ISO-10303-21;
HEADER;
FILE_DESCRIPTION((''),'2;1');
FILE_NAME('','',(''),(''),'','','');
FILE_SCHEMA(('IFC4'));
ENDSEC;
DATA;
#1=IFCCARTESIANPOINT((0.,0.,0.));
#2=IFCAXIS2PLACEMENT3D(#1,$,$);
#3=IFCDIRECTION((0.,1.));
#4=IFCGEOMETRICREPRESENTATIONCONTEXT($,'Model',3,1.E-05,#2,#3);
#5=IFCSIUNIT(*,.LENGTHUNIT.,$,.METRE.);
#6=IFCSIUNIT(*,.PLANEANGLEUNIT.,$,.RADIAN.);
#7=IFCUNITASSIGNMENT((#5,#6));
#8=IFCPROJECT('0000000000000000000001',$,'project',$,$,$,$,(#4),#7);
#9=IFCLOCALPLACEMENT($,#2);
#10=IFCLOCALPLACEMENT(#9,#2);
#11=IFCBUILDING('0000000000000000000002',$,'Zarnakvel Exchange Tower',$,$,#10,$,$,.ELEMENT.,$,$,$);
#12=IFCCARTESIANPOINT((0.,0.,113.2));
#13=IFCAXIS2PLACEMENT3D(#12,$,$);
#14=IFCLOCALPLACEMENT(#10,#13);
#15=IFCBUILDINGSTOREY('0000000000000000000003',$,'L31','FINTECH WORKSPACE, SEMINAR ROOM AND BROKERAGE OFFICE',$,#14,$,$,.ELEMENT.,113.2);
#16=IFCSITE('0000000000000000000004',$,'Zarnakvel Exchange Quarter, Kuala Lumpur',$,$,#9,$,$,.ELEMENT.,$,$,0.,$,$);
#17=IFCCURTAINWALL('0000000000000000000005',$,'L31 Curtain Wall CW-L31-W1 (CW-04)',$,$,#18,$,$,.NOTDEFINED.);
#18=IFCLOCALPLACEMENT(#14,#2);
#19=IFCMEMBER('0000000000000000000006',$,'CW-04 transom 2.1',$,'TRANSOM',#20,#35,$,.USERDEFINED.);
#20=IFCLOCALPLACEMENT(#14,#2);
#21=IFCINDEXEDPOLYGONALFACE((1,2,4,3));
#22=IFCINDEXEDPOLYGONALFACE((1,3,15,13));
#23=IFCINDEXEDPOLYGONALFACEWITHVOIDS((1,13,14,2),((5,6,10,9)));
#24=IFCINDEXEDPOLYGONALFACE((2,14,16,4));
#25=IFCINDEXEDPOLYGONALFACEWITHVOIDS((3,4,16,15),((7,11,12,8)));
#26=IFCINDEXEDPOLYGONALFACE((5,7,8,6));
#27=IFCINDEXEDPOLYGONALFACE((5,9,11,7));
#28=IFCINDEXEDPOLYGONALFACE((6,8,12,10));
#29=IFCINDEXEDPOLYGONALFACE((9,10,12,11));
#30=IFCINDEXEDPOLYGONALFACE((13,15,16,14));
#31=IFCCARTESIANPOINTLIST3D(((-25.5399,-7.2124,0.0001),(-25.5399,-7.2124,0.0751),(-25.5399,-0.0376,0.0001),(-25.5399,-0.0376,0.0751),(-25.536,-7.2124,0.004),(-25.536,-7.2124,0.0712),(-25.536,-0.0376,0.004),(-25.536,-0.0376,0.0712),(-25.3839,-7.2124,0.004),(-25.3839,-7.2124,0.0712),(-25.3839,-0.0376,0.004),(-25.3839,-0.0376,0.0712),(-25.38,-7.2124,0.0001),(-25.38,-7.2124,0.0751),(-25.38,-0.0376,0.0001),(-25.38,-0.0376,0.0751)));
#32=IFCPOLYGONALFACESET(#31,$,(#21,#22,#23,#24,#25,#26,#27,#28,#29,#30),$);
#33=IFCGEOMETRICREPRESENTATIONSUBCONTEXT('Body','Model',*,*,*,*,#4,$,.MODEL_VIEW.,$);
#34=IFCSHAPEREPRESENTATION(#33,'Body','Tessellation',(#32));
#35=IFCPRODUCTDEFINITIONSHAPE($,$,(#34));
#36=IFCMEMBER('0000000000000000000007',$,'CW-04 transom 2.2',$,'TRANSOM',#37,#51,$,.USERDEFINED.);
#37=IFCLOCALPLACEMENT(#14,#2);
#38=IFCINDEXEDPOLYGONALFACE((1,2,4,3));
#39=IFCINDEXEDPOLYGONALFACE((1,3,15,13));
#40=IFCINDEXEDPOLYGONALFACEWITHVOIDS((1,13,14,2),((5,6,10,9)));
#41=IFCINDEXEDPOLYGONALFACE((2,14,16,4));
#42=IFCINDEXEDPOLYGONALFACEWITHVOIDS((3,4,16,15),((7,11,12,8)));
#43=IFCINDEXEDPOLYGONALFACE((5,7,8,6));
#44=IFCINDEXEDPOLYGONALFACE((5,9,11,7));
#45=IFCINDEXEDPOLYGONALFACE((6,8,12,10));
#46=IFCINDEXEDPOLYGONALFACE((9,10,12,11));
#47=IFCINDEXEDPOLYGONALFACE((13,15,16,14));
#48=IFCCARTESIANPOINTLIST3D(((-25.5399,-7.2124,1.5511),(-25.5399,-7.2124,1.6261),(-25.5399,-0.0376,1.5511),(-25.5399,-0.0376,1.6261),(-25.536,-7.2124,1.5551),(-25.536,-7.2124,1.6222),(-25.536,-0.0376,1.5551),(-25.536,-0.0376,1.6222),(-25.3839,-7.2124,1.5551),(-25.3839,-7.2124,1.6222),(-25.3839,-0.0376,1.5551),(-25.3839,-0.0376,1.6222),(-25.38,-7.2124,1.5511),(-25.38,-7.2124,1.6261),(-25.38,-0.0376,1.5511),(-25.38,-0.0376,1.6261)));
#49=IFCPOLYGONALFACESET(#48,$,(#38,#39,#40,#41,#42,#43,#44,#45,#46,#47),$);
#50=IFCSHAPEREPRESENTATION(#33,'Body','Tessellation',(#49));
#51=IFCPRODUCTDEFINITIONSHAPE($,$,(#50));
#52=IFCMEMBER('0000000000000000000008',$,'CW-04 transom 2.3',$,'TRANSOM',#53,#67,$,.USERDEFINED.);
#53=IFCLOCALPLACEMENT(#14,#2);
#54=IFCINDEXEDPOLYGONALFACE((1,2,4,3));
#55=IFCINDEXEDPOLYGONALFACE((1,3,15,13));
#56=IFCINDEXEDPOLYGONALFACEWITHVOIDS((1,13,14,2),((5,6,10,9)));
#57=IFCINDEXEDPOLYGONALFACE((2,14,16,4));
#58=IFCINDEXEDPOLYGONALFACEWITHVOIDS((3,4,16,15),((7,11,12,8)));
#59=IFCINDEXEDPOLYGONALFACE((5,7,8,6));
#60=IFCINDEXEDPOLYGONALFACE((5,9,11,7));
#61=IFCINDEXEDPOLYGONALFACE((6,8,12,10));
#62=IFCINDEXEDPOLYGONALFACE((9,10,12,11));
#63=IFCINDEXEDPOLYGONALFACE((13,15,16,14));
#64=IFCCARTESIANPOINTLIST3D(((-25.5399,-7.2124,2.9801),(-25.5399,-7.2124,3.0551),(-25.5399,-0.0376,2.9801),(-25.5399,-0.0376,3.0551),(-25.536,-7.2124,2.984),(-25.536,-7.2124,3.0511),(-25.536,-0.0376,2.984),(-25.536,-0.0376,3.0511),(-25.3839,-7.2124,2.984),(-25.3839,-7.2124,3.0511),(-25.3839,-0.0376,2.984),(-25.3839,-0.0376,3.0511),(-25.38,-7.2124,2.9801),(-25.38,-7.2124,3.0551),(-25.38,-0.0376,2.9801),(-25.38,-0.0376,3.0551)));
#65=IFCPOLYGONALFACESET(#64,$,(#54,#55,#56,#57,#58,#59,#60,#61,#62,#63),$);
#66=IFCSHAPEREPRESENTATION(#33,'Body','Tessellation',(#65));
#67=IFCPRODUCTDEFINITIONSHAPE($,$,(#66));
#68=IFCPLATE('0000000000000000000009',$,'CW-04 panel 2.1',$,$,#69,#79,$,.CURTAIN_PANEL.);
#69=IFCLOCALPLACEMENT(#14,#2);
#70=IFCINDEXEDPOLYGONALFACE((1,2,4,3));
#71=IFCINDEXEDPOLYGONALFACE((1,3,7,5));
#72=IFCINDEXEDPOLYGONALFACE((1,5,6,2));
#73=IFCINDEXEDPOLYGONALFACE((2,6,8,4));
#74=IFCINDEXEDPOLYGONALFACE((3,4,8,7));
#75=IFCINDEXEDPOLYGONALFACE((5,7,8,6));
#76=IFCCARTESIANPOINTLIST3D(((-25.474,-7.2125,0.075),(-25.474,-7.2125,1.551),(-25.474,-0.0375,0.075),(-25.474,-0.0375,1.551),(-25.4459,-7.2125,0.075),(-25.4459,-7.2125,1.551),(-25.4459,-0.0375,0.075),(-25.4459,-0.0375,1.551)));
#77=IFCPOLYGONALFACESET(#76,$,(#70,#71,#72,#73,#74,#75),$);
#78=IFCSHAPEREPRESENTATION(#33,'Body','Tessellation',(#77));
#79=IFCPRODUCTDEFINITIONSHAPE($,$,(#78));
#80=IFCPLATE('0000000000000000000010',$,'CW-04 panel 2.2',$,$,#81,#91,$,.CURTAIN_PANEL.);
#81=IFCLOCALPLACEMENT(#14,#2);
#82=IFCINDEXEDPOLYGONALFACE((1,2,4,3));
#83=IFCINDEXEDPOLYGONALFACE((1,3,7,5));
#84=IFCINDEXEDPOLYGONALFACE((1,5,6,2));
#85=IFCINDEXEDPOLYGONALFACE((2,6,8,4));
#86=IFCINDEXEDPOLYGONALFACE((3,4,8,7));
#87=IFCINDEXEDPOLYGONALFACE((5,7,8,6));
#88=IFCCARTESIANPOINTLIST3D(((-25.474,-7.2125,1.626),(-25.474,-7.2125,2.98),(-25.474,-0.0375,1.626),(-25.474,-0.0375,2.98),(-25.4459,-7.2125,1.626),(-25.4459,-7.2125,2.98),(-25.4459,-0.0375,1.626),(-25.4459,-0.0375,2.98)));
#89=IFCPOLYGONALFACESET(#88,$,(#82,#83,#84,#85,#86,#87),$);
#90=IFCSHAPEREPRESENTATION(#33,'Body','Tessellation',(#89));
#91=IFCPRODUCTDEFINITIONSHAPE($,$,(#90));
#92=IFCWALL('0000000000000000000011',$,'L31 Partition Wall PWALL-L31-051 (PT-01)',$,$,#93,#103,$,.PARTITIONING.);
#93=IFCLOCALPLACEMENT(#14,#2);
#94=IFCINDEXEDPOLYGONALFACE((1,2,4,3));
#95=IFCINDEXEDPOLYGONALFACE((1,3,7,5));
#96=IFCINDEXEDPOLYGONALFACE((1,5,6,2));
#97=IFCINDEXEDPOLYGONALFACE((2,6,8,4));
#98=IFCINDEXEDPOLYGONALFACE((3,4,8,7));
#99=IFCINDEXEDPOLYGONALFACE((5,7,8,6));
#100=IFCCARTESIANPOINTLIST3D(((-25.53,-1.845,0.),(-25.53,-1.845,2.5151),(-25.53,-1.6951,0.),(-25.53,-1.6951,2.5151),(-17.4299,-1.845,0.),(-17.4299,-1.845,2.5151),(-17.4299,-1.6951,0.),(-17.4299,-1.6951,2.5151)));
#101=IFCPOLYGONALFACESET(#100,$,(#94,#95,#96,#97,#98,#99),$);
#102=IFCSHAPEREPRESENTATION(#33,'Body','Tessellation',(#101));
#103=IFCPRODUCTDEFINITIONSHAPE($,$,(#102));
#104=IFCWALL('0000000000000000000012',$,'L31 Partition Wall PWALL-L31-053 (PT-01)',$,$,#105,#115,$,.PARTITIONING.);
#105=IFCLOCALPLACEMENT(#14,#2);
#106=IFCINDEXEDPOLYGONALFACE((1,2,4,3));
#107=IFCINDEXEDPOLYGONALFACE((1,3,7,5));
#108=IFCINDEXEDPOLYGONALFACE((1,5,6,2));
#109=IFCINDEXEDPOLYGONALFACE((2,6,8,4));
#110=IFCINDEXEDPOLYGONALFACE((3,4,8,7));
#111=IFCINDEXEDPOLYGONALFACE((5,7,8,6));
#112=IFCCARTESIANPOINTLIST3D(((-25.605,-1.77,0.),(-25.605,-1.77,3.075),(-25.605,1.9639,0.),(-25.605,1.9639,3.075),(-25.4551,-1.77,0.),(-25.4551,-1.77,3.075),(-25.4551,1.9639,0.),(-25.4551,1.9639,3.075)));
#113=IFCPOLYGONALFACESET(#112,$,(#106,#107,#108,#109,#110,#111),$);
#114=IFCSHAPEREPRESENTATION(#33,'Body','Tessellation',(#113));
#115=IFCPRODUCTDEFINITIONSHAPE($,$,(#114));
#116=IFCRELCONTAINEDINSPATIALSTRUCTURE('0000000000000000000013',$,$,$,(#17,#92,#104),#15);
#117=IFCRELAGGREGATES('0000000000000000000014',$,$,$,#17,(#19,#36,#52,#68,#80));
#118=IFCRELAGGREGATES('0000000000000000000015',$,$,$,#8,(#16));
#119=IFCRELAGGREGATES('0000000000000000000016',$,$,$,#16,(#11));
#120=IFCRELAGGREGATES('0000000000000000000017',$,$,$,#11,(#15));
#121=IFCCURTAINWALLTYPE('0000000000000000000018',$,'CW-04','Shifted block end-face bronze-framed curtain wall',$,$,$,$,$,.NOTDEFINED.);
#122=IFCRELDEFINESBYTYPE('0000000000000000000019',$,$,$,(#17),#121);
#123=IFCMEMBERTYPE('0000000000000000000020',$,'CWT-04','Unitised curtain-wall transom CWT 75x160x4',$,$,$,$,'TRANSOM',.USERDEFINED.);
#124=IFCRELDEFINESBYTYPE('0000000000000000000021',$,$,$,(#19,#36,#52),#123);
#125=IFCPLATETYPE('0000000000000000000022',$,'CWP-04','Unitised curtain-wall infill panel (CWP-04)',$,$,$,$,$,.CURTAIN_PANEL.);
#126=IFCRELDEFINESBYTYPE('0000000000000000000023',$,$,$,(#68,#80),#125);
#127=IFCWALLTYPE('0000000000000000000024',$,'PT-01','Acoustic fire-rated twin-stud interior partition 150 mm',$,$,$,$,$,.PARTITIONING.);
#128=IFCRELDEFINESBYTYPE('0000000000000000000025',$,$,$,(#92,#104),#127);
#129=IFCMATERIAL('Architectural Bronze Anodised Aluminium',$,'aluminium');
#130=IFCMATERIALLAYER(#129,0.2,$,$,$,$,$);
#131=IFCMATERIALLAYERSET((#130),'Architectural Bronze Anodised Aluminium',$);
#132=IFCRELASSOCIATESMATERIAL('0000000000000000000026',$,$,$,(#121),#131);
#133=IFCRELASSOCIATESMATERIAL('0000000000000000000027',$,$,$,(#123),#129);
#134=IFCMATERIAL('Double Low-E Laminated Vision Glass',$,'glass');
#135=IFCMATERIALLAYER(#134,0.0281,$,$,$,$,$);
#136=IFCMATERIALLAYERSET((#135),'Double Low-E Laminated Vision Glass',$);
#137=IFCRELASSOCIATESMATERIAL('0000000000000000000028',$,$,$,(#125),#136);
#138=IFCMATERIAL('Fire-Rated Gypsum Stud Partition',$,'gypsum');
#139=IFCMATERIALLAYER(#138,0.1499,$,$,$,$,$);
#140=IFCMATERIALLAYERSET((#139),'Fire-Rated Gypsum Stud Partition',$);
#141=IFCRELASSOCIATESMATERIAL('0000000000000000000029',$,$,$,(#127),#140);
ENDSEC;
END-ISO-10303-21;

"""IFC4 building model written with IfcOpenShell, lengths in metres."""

from ifc_helpers import new_model, si_unit, direction, frame, frame_2d, origin, origin_2d, place, context, subcontext, project, spatial, rectangle, hollow_rectangle, extrude, source, transform, mapped, material, layer, layer_set, material_profile, profile_set, type_object, element, aggregate, save


model = new_model("IFC4")

# Units and contexts
model_context = context("Model", 3, precision=1e-05, world=origin(), true_north=direction((0.0, 1.0)))
body_context = subcontext(model_context, "Body", "Model", "MODEL_VIEW")
ifc_project = project(units=[si_unit("LENGTHUNIT", "METRE"), si_unit("PLANEANGLEUNIT", "RADIAN")], contexts=[model_context])

# Site, building, storey
site_placement = place(None, origin())
site = spatial("IfcSite", under=ifc_project, at=site_placement, Name="Zarnakvel Exchange Quarter, Kuala Lumpur", CompositionType="ELEMENT", RefElevation=0.0)
building_placement = place(site_placement, origin())
building = spatial("IfcBuilding", under=site, at=building_placement, Name="Zarnakvel Exchange Tower", CompositionType="ELEMENT")
storey_placement = place(building_placement, frame((0.0, 0.0, 113.2)))
storey = spatial("IfcBuildingStorey", under=building, at=storey_placement, Name="L31", Description="FINTECH WORKSPACE, SEMINAR ROOM AND BROKERAGE OFFICE", CompositionType="ELEMENT", Elevation=113.2)

# Curtain wall, members, plates
ifc_material_1 = material(Name="Architectural Bronze Anodised Aluminium", Category="aluminium")
ifc_layer_1 = layer(ifc_material_1, 0.2)
ifc_layer_set_1 = layer_set([ifc_layer_1], Name="Architectural Bronze Anodised Aluminium")
curtain_wall_type = type_object("IfcCurtainWallType", Name="CW-04", Description="Shifted block end-face bronze-framed curtain wall", PredefinedType="NOTDEFINED", material=ifc_layer_set_1)
curtain_wall_placement = place(storey_placement, origin())
curtain_wall = element("IfcCurtainWall", 1, at=curtain_wall_placement, inside=storey, type_object=curtain_wall_type, Name="L31 Curtain Wall CW-L31-W1 (CW-04)", PredefinedType="NOTDEFINED")
ifc_material_profile_1 = material_profile(ifc_material_1, hollow_rectangle(XDim=0.1599, YDim=0.075, WallThickness=0.0039, at=origin_2d()))
ifc_profile_set_1 = profile_set([ifc_material_profile_1], Name="Architectural Bronze Anodised Aluminium")
member_type_1 = type_object("IfcMemberType", Name="CWT-04", Description="Unitised curtain-wall transom CWT 75x160x4", ElementType="TRANSOM", PredefinedType="USERDEFINED", material=ifc_profile_set_1)
shared_shape_1 = source(origin(), body_context, "Body", "SweptSolid", [
    extrude(hollow_rectangle(XDim=0.1599, YDim=0.075, WallThickness=0.0039, at=origin_2d()), origin(), (0.0, 0.0, 1.0), 7.1748),
])
member_1_placement = place(storey_placement, frame((-25.46, -7.2124, 0.0376), z_axis=(0.0, 1.0, 0.0), x_axis=(-1.0, 0.0, 0.0)))
member_1 = element("IfcMember", 2, at=member_1_placement, type_object=member_type_1, Name="CW-04 transom 2.1", ObjectType="TRANSOM", PredefinedType="USERDEFINED", context=body_context, shape_type="MappedRepresentation", body=[
    mapped(shared_shape_1, transform((0.0, 0.0, 0.0), x_axis=(1.0, 0.0, 0.0), y_axis=(0.0, 1.0, 0.0), z_axis=(0.0, 0.0, 1.0), scale=1.0)),
])
member_2_placement = place(storey_placement, frame((-25.46, -7.2124, 1.5886), z_axis=(0.0, 1.0, 0.0), x_axis=(-1.0, 0.0, 0.0)))
member_2 = element("IfcMember", 3, at=member_2_placement, type_object=member_type_1, Name="CW-04 transom 2.2", ObjectType="TRANSOM", PredefinedType="USERDEFINED", context=body_context, shape_type="MappedRepresentation", body=[
    mapped(shared_shape_1, transform((0.0, 0.0, 0.0), x_axis=(1.0, 0.0, 0.0), y_axis=(0.0, 1.0, 0.0), z_axis=(0.0, 0.0, 1.0), scale=1.0)),
])
member_3_placement = place(storey_placement, frame((-25.46, -7.2124, 3.0176), z_axis=(0.0, 1.0, 0.0), x_axis=(-1.0, 0.0, 0.0)))
member_3 = element("IfcMember", 4, at=member_3_placement, type_object=member_type_1, Name="CW-04 transom 2.3", ObjectType="TRANSOM", PredefinedType="USERDEFINED", context=body_context, shape_type="MappedRepresentation", body=[
    mapped(shared_shape_1, transform((0.0, 0.0, 0.0), x_axis=(1.0, 0.0, 0.0), y_axis=(0.0, 1.0, 0.0), z_axis=(0.0, 0.0, 1.0), scale=1.0)),
])
ifc_material_2 = material(Name="Double Low-E Laminated Vision Glass", Category="glass")
ifc_layer_2 = layer(ifc_material_2, 0.0281)
ifc_layer_set_2 = layer_set([ifc_layer_2], Name="Double Low-E Laminated Vision Glass")
plate_type = type_object("IfcPlateType", Name="CWP-04", Description="Unitised curtain-wall infill panel (CWP-04)", PredefinedType="CURTAIN_PANEL", material=ifc_layer_set_2)
shared_shape_2 = source(origin(), body_context, "Body", "SweptSolid", [
    extrude(rectangle(XDim=7.175, YDim=0.0281, at=origin_2d()), origin(), (0.0, 0.0, 1.0), 1.4761),
])
plate_1_placement = place(storey_placement, frame((-25.46, -3.625, 0.075), z_axis=(0.0, 0.0, 1.0), x_axis=(0.0, 1.0, 0.0)))
plate_1 = element("IfcPlate", 5, at=plate_1_placement, type_object=plate_type, Name="CW-04 panel 2.1", PredefinedType="CURTAIN_PANEL", context=body_context, shape_type="MappedRepresentation", body=[
    mapped(shared_shape_2, transform((0.0, 0.0, 0.0), x_axis=(1.0, 0.0, 0.0), y_axis=(0.0, 1.0, 0.0), z_axis=(0.0, 0.0, 1.0), scale=1.0)),
])
shared_shape_3 = source(origin(), body_context, "Body", "SweptSolid", [
    extrude(rectangle(XDim=7.175, YDim=0.0281, at=origin_2d()), origin(), (0.0, 0.0, 1.0), 1.354),
])
plate_2_placement = place(storey_placement, frame((-25.46, -3.625, 1.626), z_axis=(0.0, 0.0, 1.0), x_axis=(0.0, 1.0, 0.0)))
plate_2 = element("IfcPlate", 6, at=plate_2_placement, type_object=plate_type, Name="CW-04 panel 2.2", PredefinedType="CURTAIN_PANEL", context=body_context, shape_type="MappedRepresentation", body=[
    mapped(shared_shape_3, transform((0.0, 0.0, 0.0), x_axis=(1.0, 0.0, 0.0), y_axis=(0.0, 1.0, 0.0), z_axis=(0.0, 0.0, 1.0), scale=1.0)),
])
aggregate(curtain_wall, [member_1, member_2, member_3, plate_1, plate_2])

# Shared definitions
ifc_material_3 = material(Name="Fire-Rated Gypsum Stud Partition", Category="gypsum")
ifc_layer_3 = layer(ifc_material_3, 0.1499)
ifc_layer_set_3 = layer_set([ifc_layer_3], Name="Fire-Rated Gypsum Stud Partition")
wall_type = type_object("IfcWallType", Name="PT-01", Description="Acoustic fire-rated twin-stud interior partition 150 mm", PredefinedType="PARTITIONING", material=ifc_layer_set_3)

# Walls
wall_1_placement = place(storey_placement, frame((-17.4299, -1.77, 0.0), z_axis=(0.0, 0.0, 1.0), x_axis=(-1.0, 0.0, 0.0)))
element("IfcWall", 7, at=wall_1_placement, inside=storey, type_object=wall_type, Name="L31 Partition Wall PWALL-L31-051 (PT-01)", PredefinedType="PARTITIONING", context=body_context, shape_type="SweptSolid", body=[
    extrude(rectangle(XDim=8.1001, YDim=0.1499, at=frame_2d((4.05, 0.0))), origin(), (0.0, 0.0, 1.0), 2.5151),
])
wall_2_placement = place(storey_placement, frame((-25.53, -1.77, 0.0), z_axis=(0.0, 0.0, 1.0), x_axis=(0.0, 1.0, 0.0)))
element("IfcWall", 8, at=wall_2_placement, inside=storey, type_object=wall_type, Name="L31 Partition Wall PWALL-L31-053 (PT-01)", PredefinedType="PARTITIONING", context=body_context, shape_type="SweptSolid", body=[
    extrude(rectangle(XDim=3.7339, YDim=0.1499, at=frame_2d((1.8669, 0.0))), origin(), (0.0, 0.0, 1.0), 3.075),
])

save(model, "model.ifc")
